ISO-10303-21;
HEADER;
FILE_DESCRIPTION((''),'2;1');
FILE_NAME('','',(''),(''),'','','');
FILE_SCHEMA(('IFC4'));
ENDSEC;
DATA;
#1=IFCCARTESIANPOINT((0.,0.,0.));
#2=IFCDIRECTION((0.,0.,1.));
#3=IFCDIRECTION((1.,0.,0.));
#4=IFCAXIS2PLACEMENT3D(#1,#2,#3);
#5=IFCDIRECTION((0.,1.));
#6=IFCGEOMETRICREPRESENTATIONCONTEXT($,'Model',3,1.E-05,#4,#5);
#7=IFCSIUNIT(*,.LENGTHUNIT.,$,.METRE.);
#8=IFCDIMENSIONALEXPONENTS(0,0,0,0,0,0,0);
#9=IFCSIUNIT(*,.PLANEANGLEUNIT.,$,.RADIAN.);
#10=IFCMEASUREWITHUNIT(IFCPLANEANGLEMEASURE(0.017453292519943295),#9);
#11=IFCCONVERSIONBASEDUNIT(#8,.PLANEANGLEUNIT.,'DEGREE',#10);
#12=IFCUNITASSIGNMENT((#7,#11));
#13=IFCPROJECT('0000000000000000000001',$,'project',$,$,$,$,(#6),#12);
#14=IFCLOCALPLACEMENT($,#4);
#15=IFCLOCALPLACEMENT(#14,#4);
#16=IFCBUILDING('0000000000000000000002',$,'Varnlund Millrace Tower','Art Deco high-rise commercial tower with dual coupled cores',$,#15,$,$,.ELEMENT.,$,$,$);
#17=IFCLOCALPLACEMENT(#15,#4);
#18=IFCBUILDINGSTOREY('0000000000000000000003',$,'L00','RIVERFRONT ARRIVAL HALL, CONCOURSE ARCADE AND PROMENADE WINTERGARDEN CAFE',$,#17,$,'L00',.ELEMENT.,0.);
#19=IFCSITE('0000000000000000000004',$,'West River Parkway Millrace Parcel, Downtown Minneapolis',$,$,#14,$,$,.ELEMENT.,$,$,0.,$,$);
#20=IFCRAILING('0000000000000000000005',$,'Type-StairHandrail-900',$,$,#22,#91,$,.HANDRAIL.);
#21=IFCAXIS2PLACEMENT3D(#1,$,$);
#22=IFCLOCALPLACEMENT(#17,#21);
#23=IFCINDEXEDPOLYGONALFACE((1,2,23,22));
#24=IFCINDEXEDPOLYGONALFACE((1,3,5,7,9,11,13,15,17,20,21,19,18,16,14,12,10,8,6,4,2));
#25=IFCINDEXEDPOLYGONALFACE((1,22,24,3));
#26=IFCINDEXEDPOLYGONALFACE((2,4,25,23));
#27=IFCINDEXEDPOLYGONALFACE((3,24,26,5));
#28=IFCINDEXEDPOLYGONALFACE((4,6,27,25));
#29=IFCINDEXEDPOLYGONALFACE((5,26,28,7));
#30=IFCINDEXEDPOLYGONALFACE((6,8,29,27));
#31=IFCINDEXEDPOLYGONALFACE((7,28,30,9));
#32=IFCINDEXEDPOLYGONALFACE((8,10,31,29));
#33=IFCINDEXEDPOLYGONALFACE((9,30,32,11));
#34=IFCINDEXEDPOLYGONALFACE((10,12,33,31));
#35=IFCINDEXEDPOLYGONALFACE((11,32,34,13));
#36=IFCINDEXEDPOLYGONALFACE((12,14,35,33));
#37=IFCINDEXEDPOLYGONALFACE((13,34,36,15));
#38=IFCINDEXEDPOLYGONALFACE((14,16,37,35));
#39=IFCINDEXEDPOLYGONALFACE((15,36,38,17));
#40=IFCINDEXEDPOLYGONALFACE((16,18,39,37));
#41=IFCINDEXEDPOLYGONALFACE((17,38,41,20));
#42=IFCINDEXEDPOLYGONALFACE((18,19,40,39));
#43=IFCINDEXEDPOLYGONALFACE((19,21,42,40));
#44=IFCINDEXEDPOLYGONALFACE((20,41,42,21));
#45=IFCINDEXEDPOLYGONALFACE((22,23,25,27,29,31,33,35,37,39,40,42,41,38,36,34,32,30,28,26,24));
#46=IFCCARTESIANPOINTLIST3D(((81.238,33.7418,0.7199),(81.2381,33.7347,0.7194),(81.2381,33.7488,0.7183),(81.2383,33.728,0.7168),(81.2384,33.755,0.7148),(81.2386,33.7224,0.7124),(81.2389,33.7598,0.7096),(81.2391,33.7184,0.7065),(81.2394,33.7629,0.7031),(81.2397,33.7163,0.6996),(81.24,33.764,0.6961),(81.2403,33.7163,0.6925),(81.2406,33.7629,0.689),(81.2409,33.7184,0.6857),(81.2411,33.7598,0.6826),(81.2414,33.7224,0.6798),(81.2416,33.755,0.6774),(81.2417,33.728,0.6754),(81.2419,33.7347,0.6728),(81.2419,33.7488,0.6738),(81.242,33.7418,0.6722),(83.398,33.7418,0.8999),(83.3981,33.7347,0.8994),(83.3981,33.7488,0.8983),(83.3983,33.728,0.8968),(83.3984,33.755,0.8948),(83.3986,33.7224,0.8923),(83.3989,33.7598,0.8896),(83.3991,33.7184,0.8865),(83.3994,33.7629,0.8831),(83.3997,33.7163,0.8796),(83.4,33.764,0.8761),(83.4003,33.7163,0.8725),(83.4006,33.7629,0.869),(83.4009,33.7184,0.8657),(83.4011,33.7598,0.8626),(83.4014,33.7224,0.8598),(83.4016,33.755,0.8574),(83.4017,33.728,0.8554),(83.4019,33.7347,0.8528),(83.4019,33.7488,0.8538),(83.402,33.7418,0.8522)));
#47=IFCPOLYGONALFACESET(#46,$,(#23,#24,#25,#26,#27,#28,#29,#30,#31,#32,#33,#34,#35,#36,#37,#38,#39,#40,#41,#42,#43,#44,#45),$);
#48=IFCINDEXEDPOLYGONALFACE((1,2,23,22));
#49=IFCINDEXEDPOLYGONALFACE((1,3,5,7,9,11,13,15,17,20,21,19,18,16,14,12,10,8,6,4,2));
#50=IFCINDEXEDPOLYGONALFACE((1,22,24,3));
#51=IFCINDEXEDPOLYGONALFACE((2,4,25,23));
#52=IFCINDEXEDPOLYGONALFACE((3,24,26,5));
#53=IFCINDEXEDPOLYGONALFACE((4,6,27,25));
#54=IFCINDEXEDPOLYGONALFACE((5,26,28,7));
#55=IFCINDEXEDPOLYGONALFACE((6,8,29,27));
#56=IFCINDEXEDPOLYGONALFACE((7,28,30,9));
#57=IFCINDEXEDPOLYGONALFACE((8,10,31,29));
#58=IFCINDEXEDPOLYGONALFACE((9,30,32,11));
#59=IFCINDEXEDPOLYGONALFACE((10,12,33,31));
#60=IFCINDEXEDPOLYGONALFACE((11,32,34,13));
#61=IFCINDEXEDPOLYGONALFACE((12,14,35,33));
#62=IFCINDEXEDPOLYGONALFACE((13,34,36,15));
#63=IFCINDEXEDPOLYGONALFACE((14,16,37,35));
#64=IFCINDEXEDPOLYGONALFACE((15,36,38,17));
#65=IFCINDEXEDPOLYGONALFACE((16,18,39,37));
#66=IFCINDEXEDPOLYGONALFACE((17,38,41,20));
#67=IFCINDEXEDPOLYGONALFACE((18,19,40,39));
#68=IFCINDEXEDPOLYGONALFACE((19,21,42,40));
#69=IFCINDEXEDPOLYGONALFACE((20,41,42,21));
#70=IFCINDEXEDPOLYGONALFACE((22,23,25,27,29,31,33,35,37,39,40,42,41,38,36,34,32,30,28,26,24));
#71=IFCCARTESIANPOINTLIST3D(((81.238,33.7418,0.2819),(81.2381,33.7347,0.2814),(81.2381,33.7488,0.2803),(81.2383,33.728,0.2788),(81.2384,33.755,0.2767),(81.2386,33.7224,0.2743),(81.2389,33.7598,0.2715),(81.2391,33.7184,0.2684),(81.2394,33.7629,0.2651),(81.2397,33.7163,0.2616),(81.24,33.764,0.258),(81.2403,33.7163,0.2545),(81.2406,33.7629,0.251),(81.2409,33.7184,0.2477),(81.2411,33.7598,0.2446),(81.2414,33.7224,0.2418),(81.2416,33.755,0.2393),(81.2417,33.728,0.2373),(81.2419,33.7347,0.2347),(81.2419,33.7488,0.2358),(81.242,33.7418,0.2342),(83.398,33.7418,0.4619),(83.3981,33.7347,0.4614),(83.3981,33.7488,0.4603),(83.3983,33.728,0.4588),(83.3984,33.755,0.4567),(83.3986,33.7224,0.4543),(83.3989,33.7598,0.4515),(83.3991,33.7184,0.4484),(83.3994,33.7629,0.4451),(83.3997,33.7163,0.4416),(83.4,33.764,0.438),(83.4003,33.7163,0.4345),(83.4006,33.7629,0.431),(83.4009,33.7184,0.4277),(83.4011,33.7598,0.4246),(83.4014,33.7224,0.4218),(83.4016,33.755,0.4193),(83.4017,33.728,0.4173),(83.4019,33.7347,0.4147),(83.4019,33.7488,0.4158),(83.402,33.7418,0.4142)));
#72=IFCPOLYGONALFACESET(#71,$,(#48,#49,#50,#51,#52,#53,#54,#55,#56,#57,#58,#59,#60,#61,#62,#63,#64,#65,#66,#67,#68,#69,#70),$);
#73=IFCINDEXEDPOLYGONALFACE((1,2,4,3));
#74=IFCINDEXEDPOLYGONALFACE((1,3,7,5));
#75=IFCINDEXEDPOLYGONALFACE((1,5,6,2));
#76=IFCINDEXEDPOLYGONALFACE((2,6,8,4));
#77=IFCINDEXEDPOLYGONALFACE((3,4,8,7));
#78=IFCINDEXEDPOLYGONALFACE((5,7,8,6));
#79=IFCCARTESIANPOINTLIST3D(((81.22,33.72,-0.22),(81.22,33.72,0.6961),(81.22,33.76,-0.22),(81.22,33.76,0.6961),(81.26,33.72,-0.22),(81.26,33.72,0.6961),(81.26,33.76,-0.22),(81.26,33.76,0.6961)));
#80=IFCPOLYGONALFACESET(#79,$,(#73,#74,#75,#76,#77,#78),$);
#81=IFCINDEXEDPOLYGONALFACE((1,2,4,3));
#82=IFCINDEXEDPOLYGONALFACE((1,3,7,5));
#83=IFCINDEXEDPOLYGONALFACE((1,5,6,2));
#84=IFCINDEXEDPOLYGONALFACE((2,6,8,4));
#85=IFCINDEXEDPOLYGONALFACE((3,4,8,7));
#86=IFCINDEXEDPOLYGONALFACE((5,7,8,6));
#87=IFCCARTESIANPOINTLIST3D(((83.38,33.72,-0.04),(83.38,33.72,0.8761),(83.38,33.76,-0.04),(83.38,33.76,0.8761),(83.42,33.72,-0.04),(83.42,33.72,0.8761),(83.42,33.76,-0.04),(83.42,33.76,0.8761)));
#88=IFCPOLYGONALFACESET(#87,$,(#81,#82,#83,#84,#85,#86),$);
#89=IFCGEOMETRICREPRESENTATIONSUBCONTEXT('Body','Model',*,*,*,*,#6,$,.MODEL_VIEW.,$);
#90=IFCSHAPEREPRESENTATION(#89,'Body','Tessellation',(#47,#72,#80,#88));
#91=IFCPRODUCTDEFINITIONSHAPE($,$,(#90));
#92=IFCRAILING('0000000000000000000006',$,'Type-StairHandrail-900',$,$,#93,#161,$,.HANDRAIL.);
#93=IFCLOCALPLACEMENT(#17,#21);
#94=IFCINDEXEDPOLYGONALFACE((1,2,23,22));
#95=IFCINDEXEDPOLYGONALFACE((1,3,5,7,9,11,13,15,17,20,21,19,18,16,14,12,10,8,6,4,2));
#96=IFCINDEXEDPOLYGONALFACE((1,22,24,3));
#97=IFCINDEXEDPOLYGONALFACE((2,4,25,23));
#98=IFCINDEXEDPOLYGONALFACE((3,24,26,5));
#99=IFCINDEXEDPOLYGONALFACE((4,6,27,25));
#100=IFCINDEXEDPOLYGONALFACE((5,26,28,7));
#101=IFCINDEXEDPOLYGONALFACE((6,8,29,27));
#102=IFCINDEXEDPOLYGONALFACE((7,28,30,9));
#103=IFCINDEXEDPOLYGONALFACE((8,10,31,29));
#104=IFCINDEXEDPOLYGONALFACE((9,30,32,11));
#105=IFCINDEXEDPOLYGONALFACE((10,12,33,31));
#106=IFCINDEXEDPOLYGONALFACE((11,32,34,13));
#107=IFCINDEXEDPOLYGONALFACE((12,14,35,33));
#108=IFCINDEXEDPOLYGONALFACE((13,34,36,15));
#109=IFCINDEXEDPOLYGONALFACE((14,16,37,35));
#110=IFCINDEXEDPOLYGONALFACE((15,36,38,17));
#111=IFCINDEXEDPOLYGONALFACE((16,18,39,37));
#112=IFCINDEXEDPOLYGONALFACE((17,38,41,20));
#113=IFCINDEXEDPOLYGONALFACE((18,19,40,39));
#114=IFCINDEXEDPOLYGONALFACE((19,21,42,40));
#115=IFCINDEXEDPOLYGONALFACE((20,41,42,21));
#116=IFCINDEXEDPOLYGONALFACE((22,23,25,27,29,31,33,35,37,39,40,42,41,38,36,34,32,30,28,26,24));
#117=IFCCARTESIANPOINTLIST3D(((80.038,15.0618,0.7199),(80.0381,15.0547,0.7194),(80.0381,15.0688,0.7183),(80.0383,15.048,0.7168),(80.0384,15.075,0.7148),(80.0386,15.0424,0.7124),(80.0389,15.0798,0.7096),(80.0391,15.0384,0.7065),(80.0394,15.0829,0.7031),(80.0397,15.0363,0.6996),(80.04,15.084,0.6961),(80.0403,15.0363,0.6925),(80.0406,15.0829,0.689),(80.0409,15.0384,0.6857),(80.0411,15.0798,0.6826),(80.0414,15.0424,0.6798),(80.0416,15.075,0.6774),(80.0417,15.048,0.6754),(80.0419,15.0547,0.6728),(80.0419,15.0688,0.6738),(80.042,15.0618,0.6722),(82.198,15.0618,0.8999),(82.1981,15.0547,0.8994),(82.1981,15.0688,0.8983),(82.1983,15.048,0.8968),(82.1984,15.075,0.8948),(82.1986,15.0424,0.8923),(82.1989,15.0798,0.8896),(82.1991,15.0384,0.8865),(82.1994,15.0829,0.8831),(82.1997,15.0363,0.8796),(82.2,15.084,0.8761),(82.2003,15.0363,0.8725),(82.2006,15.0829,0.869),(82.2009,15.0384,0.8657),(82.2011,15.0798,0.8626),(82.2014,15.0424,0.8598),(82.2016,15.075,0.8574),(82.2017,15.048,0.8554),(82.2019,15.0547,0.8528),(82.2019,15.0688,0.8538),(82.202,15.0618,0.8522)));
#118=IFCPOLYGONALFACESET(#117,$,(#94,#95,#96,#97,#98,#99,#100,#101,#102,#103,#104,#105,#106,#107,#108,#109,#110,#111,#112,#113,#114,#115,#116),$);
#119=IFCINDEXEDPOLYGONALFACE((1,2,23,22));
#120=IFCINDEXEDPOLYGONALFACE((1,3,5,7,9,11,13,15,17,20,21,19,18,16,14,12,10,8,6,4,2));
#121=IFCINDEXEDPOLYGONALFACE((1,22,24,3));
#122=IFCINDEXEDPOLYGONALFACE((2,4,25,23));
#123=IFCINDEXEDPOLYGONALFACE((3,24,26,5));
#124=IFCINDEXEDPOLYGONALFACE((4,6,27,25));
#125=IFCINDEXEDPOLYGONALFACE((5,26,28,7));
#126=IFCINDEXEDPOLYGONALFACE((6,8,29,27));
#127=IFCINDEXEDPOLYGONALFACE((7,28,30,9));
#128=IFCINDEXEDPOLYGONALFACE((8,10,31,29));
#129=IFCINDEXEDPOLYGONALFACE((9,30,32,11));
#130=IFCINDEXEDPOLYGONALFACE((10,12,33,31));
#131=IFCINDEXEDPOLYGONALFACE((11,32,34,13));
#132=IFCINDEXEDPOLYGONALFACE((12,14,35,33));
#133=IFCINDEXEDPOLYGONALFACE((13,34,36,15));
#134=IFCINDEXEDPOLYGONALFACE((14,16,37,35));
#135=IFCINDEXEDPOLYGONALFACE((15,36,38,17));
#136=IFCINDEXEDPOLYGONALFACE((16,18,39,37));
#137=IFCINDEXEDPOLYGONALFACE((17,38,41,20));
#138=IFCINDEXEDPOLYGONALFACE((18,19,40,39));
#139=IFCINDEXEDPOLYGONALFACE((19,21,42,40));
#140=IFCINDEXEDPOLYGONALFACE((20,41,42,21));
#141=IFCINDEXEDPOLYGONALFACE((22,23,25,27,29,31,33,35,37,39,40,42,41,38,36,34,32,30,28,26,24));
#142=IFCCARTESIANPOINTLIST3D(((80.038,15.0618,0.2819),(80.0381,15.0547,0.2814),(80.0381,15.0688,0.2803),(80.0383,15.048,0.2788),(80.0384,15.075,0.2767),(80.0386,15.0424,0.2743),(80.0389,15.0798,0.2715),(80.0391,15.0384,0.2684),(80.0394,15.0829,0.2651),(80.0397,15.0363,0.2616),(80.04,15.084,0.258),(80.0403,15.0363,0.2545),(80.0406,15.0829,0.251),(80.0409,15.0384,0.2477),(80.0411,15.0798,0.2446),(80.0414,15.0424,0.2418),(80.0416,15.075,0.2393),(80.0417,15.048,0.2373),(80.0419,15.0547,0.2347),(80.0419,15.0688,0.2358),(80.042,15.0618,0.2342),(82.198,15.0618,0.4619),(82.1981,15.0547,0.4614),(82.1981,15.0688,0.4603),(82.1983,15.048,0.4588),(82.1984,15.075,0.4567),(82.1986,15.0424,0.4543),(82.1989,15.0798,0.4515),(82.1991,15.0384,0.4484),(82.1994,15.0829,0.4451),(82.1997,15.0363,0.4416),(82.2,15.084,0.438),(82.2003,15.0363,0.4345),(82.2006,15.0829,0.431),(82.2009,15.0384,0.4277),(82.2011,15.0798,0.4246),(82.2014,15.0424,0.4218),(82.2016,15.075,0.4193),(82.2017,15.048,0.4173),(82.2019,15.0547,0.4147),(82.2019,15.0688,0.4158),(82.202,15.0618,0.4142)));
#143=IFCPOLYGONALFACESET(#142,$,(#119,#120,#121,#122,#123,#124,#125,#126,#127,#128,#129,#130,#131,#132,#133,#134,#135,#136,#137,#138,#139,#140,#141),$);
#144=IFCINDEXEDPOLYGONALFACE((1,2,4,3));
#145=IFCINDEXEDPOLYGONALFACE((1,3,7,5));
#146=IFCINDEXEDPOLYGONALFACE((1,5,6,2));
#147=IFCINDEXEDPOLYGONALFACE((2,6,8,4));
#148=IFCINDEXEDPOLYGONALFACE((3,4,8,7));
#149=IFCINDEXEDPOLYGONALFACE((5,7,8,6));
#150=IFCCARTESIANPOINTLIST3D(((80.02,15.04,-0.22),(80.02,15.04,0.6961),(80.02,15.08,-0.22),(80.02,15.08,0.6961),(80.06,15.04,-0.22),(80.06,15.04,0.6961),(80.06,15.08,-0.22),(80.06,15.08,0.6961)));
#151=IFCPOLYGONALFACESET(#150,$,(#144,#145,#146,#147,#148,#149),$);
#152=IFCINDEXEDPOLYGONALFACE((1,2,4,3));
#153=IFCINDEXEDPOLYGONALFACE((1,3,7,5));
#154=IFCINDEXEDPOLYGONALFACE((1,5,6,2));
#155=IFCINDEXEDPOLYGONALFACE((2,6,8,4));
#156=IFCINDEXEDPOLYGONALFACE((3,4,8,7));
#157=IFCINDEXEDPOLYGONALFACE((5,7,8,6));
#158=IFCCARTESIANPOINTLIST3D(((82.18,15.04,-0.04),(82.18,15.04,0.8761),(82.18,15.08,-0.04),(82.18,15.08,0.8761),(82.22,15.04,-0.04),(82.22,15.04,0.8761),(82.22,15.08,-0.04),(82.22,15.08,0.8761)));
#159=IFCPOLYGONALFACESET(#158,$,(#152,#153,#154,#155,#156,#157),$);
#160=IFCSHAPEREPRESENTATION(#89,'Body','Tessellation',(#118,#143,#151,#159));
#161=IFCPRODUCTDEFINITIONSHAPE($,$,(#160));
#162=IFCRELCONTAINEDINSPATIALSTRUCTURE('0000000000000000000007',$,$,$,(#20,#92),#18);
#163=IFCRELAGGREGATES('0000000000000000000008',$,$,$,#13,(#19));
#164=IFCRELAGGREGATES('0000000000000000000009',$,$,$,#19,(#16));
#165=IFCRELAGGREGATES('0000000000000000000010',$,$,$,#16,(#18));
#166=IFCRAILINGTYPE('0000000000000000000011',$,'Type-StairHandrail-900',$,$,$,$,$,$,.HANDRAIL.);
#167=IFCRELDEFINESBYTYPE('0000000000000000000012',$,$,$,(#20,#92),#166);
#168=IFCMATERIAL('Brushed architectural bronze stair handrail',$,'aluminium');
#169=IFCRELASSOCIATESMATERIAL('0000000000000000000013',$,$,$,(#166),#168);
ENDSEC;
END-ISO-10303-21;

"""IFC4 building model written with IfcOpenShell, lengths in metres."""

from ifc_helpers import new_model, entity, si_unit, converted_unit, direction, frame, origin_with_axes, origin_2d_with_axis, place, context, subcontext, project, spatial, rectangle, circle, extrude, material, type_object, element, save


model = new_model("IFC4")

# Units and contexts
model_context = context("Model", 3, precision=1e-05, world=origin_with_axes(), true_north=direction((0.0, 1.0)))
body_context = subcontext(model_context, "Body", "Model", "MODEL_VIEW")
ifc_project = project(units=[si_unit("LENGTHUNIT", "METRE"), converted_unit("PLANEANGLEUNIT", "DEGREE", entity("IfcPlaneAngleMeasure", 0.017453292519943295), si_unit("PLANEANGLEUNIT", "RADIAN"), dimensions=[0, 0, 0, 0, 0, 0, 0])], contexts=[model_context])

# Site, building, storey
site_placement = place(None, origin_with_axes())
site = spatial("IfcSite", under=ifc_project, at=site_placement, Name="West River Parkway Millrace Parcel, Downtown Minneapolis", CompositionType="ELEMENT", RefElevation=0.0)
building_placement = place(site_placement, origin_with_axes())
building = spatial("IfcBuilding", under=site, at=building_placement, Name="Varnlund Millrace Tower", Description="Art Deco high-rise commercial tower with dual coupled cores", CompositionType="ELEMENT")
storey_placement = place(building_placement, origin_with_axes())
storey = spatial("IfcBuildingStorey", under=building, at=storey_placement, Name="L00", Description="RIVERFRONT ARRIVAL HALL, CONCOURSE ARCADE AND PROMENADE WINTERGARDEN CAFE", LongName="L00", CompositionType="ELEMENT", Elevation=0.0)

# Railings
ifc_material_1 = material(Name="Brushed architectural bronze stair handrail", Category="aluminium")
railing_type_1 = type_object("IfcRailingType", Name="Type-StairHandrail-900", PredefinedType="HANDRAIL", material=ifc_material_1)
railing_1_placement = place(storey_placement, origin_with_axes())
element("IfcRailing", 1, at=railing_1_placement, inside=storey, type_object=railing_type_1, Name="Type-StairHandrail-900", PredefinedType="HANDRAIL", context=body_context, shape_type="SweptSolid", body=[
    extrude(circle(Radius=0.024, at=origin_2d_with_axis()), frame((81.24, 33.74, 0.6961), z_axis=(0.996546, 0.0, 0.083045), x_axis=(0.0, 1.0, 0.0)), (0.0, 0.0, 1.0), 2.1675),
    extrude(circle(Radius=0.024, at=origin_2d_with_axis()), frame((81.24, 33.74, 0.258), z_axis=(0.996546, 0.0, 0.083045), x_axis=(0.0, 1.0, 0.0)), (0.0, 0.0, 1.0), 2.1675),
    extrude(rectangle(XDim=0.04, YDim=0.04, at=origin_2d_with_axis()), frame((81.24, 33.74, -0.22), z_axis=(0.0, 0.0, 1.0), x_axis=(1.0, 0.0, 0.0)), (0.0, 0.0, 1.0), 0.9161),
    extrude(rectangle(XDim=0.04, YDim=0.04, at=origin_2d_with_axis()), frame((83.4, 33.74, -0.04), z_axis=(0.0, 0.0, 1.0), x_axis=(1.0, 0.0, 0.0)), (0.0, 0.0, 1.0), 0.9161),
])
railing_2_placement = place(storey_placement, origin_with_axes())
element("IfcRailing", 2, at=railing_2_placement, inside=storey, type_object=railing_type_1, Name="Type-StairHandrail-900", PredefinedType="HANDRAIL", context=body_context, shape_type="SweptSolid", body=[
    extrude(circle(Radius=0.024, at=origin_2d_with_axis()), frame((80.04, 15.06, 0.6961), z_axis=(0.996546, 0.0, 0.083045), x_axis=(0.0, 1.0, 0.0)), (0.0, 0.0, 1.0), 2.1675),
    extrude(circle(Radius=0.024, at=origin_2d_with_axis()), frame((80.04, 15.06, 0.258), z_axis=(0.996546, 0.0, 0.083045), x_axis=(0.0, 1.0, 0.0)), (0.0, 0.0, 1.0), 2.1675),
    extrude(rectangle(XDim=0.04, YDim=0.04, at=origin_2d_with_axis()), frame((80.04, 15.06, -0.22), z_axis=(0.0, 0.0, 1.0), x_axis=(1.0, 0.0, 0.0)), (0.0, 0.0, 1.0), 0.9161),
    extrude(rectangle(XDim=0.04, YDim=0.04, at=origin_2d_with_axis()), frame((82.2, 15.06, -0.04), z_axis=(0.0, 0.0, 1.0), x_axis=(1.0, 0.0, 0.0)), (0.0, 0.0, 1.0), 0.9161),
])

save(model, "model.ifc")
